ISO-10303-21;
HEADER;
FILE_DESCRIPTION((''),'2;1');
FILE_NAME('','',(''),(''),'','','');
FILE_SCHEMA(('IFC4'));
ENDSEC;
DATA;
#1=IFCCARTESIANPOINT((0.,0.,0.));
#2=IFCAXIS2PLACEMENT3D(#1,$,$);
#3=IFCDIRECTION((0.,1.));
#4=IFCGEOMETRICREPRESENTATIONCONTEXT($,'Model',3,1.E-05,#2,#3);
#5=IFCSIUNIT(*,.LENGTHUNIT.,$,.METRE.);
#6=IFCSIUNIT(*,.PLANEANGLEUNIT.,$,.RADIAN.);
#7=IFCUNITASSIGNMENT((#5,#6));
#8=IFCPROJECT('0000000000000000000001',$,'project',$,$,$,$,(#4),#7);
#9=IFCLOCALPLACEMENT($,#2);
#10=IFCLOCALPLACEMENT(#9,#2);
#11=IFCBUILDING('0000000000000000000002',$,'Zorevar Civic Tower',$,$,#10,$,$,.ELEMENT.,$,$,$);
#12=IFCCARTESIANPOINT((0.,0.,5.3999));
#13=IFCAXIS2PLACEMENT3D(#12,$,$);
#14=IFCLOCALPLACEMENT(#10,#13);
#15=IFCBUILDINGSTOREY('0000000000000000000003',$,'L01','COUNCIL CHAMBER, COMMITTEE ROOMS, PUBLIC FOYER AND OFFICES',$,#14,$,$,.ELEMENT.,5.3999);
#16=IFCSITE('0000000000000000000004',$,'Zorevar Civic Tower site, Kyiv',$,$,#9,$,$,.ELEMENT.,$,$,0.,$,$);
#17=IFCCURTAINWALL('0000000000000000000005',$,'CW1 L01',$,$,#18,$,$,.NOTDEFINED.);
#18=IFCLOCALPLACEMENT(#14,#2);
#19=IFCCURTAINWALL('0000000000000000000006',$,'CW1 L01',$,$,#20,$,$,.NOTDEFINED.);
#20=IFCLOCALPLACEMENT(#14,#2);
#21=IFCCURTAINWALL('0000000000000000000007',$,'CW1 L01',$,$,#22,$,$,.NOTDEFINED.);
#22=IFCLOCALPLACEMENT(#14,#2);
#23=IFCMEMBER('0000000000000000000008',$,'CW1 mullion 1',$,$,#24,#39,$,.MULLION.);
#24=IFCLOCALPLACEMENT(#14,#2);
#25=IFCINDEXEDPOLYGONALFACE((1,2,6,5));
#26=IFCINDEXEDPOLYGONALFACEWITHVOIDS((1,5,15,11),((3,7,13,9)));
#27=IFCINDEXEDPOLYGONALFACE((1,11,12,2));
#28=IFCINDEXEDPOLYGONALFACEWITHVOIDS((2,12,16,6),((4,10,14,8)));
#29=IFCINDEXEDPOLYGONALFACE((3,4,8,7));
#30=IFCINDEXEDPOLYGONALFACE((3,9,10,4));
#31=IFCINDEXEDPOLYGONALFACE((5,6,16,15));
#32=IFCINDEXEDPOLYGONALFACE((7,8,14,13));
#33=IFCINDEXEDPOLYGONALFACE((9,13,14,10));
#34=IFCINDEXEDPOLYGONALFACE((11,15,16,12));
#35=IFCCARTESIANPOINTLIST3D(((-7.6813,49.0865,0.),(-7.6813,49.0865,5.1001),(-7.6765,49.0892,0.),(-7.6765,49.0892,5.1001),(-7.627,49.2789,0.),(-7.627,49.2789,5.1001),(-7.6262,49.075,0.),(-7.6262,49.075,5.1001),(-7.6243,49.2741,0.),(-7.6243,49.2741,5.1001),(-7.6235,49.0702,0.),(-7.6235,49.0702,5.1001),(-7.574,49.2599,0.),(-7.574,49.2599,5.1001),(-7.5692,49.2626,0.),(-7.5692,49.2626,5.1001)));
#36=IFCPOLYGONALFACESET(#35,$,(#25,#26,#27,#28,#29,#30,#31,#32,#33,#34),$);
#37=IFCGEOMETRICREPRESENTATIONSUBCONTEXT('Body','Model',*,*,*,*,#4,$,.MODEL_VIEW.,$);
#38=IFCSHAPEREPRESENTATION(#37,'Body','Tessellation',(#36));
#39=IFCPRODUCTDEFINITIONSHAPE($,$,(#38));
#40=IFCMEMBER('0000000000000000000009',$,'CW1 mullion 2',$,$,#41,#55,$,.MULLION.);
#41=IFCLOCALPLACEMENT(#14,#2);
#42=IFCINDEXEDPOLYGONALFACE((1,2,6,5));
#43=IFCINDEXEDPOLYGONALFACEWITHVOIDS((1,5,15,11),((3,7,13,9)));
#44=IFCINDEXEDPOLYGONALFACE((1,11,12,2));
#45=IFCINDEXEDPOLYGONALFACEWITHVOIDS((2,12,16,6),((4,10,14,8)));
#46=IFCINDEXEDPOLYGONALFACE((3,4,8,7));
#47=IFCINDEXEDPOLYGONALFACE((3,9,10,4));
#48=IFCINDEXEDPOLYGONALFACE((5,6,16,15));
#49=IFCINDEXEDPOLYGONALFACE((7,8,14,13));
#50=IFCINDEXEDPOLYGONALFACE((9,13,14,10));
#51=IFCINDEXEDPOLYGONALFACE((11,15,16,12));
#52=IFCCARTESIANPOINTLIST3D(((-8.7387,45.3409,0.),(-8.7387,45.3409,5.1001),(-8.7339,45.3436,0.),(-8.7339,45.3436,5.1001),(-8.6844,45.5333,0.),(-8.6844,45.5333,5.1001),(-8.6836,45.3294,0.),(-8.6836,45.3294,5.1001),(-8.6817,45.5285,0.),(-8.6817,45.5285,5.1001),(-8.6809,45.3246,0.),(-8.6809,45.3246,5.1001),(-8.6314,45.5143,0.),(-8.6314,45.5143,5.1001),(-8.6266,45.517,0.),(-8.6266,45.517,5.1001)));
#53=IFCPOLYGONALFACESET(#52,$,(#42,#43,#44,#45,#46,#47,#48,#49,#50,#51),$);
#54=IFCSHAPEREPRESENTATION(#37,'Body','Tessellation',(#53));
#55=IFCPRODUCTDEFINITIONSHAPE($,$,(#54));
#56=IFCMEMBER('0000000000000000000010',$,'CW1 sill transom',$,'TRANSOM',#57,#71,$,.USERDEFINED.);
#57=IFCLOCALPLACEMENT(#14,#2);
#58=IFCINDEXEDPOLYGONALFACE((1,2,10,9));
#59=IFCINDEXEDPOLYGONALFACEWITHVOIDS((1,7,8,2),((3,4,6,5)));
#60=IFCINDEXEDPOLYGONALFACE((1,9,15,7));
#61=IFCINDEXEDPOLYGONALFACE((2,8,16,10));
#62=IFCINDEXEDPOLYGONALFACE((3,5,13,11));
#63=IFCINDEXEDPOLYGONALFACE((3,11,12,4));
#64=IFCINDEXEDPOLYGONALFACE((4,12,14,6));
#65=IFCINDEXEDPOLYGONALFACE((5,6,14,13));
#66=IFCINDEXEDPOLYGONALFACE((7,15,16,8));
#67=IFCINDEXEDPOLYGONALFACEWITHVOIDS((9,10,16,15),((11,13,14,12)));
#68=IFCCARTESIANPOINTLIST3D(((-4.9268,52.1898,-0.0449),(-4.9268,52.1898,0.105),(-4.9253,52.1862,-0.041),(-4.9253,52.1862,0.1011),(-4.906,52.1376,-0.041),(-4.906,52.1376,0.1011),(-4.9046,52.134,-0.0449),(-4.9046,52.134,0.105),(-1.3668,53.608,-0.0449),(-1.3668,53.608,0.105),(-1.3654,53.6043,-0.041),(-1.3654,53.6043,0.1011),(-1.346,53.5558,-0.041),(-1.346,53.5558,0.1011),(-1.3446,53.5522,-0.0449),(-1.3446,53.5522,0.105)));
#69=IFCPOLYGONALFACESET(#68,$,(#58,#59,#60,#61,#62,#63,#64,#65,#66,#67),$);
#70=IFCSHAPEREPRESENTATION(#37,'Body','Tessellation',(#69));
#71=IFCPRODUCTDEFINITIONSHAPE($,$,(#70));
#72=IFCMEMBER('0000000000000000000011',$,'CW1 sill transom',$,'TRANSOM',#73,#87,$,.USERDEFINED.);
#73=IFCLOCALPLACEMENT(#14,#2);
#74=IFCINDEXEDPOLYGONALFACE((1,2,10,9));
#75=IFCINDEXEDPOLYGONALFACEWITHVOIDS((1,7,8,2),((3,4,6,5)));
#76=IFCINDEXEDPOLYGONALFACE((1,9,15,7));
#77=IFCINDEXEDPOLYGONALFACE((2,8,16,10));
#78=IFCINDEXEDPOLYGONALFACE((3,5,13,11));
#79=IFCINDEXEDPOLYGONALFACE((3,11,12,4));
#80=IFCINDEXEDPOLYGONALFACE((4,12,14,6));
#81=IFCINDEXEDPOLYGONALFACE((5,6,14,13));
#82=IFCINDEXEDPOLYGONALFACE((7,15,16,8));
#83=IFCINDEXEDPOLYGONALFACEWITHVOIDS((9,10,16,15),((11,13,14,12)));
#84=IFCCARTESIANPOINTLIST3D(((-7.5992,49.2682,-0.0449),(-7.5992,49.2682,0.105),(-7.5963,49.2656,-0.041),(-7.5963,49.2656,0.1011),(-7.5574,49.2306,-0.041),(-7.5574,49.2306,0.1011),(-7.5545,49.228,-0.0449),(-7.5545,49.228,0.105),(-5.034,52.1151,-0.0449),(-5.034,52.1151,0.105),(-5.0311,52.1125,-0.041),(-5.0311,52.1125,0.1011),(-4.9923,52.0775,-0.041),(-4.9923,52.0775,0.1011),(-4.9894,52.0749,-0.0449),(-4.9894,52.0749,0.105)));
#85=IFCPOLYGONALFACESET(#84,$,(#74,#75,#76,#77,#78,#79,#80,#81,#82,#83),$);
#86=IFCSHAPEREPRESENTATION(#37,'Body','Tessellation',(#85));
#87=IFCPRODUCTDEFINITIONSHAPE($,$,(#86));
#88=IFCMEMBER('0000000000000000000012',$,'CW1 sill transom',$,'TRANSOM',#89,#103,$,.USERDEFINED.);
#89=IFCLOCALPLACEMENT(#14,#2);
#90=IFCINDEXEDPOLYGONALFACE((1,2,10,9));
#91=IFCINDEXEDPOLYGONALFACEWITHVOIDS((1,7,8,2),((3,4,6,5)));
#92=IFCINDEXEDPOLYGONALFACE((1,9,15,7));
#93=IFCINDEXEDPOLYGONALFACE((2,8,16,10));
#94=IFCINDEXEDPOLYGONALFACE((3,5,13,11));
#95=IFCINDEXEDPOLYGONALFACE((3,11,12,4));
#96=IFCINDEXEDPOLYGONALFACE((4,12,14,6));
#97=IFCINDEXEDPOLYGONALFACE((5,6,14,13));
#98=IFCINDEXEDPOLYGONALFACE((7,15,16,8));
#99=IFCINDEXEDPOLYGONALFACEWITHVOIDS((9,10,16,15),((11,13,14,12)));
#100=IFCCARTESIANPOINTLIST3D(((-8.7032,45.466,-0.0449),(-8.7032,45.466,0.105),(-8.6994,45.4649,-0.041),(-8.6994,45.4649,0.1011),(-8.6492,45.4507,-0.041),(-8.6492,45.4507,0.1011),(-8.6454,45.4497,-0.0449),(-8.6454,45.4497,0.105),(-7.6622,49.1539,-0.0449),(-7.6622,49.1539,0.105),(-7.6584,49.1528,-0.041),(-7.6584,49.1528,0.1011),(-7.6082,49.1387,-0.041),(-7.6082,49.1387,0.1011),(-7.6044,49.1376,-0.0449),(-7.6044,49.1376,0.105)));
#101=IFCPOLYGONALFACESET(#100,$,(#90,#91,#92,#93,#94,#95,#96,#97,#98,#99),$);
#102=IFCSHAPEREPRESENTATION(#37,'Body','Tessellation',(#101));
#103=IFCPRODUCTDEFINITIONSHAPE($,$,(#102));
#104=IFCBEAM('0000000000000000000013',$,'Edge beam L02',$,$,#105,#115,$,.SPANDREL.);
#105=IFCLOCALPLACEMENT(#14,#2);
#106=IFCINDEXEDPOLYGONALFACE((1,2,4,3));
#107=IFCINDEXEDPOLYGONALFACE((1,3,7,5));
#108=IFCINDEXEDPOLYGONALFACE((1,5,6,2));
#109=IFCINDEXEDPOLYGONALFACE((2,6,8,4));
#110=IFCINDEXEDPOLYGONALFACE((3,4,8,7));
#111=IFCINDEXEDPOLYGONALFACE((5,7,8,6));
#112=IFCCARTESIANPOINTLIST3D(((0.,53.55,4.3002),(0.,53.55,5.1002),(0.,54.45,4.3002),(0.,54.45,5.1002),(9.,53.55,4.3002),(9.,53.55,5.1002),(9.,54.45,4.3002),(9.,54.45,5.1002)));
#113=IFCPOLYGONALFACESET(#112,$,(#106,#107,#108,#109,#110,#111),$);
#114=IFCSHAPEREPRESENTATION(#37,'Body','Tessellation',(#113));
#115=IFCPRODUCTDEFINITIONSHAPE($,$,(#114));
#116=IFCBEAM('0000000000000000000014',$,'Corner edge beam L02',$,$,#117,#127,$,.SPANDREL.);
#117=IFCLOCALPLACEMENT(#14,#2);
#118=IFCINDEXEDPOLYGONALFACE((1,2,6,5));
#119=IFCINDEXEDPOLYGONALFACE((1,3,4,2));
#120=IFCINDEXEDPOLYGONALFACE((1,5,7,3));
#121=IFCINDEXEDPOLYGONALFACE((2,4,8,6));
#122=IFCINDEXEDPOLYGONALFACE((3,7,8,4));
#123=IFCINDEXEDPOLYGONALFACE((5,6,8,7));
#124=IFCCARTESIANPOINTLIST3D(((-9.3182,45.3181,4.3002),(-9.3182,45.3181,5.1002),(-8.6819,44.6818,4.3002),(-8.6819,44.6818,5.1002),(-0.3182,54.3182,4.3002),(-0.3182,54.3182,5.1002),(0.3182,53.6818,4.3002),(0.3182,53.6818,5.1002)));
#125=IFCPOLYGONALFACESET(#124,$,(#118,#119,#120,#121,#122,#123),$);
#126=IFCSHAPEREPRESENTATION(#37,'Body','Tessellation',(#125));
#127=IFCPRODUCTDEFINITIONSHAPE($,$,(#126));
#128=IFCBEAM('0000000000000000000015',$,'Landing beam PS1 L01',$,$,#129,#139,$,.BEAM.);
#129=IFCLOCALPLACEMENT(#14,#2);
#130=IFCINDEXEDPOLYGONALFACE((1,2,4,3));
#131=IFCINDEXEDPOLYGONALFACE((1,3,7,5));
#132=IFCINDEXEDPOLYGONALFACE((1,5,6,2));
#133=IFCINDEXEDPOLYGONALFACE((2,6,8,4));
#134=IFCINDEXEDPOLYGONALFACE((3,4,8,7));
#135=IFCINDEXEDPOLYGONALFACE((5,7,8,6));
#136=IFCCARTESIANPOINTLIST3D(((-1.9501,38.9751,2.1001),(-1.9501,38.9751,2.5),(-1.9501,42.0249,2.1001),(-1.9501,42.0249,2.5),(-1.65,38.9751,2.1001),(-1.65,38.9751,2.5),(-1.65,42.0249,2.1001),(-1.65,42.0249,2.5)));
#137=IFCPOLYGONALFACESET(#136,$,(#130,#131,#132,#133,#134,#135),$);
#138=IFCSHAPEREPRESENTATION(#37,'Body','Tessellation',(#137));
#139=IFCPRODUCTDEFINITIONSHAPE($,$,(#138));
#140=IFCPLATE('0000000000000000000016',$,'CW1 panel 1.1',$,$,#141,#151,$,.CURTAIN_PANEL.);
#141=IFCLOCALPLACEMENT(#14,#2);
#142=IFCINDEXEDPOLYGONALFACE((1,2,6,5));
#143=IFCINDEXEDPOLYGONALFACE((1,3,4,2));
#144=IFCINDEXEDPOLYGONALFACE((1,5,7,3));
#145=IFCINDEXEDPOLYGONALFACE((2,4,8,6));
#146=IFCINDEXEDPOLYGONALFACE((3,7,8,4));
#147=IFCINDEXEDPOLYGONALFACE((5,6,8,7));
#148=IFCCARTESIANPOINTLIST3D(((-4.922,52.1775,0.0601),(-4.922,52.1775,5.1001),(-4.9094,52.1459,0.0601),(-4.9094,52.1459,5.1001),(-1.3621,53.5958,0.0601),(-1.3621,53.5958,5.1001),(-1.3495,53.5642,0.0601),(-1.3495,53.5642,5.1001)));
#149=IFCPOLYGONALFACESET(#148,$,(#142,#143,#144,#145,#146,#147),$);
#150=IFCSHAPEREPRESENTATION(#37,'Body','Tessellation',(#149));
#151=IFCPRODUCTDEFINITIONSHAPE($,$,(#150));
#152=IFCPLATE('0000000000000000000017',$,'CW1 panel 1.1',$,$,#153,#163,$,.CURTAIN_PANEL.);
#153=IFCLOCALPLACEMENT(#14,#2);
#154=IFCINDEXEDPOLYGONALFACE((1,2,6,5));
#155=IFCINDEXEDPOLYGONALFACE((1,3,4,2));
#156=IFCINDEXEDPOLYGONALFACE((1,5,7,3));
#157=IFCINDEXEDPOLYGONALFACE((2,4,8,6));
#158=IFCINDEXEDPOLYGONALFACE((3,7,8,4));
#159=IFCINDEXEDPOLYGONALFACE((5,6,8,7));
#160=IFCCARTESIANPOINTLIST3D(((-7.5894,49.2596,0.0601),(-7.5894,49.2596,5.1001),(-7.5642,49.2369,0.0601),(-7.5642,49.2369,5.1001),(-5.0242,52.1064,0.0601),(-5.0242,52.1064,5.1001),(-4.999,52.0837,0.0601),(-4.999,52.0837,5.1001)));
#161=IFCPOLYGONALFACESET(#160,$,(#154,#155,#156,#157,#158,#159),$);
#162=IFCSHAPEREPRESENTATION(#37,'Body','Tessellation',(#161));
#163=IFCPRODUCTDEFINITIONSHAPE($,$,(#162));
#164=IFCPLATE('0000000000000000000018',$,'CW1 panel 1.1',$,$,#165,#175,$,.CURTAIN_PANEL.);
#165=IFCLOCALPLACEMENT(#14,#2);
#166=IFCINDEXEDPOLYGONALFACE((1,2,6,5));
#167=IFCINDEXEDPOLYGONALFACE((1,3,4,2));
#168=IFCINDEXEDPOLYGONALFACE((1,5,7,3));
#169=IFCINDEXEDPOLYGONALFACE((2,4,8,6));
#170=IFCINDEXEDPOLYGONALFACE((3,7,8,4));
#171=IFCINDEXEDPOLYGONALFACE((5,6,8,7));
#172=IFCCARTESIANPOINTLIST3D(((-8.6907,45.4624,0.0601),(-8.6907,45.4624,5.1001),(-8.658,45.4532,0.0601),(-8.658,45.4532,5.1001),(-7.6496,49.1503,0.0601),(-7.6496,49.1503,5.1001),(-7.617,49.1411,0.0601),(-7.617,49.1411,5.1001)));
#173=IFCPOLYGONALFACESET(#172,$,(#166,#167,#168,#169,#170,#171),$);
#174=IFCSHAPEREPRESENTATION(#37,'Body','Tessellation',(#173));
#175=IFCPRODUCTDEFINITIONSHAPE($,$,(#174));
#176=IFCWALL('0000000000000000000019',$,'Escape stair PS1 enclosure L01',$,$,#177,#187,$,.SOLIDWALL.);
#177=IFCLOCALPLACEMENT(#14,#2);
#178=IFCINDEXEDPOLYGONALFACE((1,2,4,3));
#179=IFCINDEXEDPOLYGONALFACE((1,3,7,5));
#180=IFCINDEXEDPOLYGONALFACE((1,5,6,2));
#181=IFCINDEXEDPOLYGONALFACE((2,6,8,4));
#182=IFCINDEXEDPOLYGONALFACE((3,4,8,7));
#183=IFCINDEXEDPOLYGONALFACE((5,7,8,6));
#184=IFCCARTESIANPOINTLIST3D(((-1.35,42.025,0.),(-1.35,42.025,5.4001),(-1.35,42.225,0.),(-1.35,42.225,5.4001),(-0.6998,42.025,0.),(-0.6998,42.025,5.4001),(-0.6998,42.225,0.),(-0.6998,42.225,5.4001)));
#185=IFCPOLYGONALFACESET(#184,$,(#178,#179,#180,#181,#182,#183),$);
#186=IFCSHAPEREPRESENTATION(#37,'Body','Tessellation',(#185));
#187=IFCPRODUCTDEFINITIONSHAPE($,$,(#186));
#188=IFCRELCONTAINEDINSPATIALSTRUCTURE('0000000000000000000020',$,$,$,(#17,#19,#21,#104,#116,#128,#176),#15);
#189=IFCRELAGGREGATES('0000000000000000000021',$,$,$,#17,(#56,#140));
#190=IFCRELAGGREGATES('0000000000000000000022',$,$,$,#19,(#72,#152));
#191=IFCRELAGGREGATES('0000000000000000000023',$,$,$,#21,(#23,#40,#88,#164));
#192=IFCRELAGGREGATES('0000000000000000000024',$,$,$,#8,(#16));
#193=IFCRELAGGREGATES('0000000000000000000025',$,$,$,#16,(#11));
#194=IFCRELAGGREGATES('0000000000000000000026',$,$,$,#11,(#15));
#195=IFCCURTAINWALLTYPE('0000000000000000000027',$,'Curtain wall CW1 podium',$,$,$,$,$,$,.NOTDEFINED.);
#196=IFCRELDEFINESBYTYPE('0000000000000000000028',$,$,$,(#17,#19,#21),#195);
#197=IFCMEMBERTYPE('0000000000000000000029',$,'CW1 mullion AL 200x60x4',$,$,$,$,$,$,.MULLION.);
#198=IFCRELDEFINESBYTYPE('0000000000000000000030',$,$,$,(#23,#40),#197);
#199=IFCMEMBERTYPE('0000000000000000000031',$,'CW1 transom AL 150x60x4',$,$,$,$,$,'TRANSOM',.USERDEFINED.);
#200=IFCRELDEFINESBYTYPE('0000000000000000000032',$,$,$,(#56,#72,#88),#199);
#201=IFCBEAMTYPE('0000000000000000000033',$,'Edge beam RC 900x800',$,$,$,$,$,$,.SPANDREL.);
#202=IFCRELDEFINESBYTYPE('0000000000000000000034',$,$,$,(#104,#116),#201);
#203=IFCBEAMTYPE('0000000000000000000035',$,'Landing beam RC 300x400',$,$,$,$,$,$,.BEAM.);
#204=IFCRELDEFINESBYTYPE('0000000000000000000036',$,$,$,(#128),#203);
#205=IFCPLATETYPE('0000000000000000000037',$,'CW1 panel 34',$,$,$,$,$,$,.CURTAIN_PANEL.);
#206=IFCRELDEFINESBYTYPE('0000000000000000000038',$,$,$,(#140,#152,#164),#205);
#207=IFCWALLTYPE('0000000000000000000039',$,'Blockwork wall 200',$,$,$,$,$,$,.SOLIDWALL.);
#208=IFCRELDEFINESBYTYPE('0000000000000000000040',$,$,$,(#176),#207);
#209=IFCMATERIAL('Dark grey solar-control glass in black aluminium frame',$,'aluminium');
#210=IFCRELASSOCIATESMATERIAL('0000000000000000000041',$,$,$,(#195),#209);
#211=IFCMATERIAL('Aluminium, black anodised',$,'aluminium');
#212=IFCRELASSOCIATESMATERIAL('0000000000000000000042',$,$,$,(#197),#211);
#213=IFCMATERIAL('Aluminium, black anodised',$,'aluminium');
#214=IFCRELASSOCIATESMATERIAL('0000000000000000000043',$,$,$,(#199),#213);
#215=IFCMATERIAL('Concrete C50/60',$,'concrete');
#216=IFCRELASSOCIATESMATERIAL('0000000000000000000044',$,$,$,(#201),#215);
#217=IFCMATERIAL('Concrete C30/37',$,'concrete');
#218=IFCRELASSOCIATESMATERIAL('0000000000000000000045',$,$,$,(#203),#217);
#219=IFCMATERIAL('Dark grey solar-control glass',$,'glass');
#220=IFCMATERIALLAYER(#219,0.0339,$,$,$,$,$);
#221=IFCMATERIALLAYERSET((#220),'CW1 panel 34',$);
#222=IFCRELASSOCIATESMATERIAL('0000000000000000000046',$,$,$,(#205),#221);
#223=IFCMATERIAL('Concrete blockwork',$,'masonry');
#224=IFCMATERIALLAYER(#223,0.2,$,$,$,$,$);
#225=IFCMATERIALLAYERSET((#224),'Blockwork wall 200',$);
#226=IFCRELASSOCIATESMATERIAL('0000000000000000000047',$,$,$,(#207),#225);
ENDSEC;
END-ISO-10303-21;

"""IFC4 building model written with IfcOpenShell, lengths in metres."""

from ifc_helpers import new_model, si_unit, direction, frame, frame_2d, origin, origin_2d, place, context, subcontext, project, spatial, rectangle, hollow_rectangle, extrude, material, layer, layer_set, material_profile, profile_set, type_object, element, aggregate, save


model = new_model("IFC4")

# Units and contexts
model_context = context("Model", 3, precision=1e-05, world=origin(), true_north=direction((0.0, 1.0)))
body_context = subcontext(model_context, "Body", "Model", "MODEL_VIEW")
ifc_project = project(units=[si_unit("LENGTHUNIT", "METRE"), si_unit("PLANEANGLEUNIT", "RADIAN")], contexts=[model_context])

# Site, building, storey
site_placement = place(None, origin())
site = spatial("IfcSite", under=ifc_project, at=site_placement, Name="Zorevar Civic Tower site, Kyiv", CompositionType="ELEMENT", RefElevation=0.0)
building_placement = place(site_placement, origin())
building = spatial("IfcBuilding", under=site, at=building_placement, Name="Zorevar Civic Tower", CompositionType="ELEMENT")
storey_placement = place(building_placement, frame((0.0, 0.0, 5.3999)))
storey = spatial("IfcBuildingStorey", under=building, at=storey_placement, Name="L01", Description="COUNCIL CHAMBER, COMMITTEE ROOMS, PUBLIC FOYER AND OFFICES", CompositionType="ELEMENT", Elevation=5.3999)

# Curtain walls, members
ifc_material_1 = material(Name="Dark grey solar-control glass in black aluminium frame", Category="aluminium")
curtain_wall_type = type_object("IfcCurtainWallType", Name="Curtain wall CW1 podium", PredefinedType="NOTDEFINED", material=ifc_material_1)
curtain_wall_1_placement = place(storey_placement, origin())
curtain_wall_1 = element("IfcCurtainWall", 1, at=curtain_wall_1_placement, inside=storey, type_object=curtain_wall_type, Name="CW1 L01", PredefinedType="NOTDEFINED")
ifc_material_2 = material(Name="Aluminium, black anodised", Category="aluminium")
ifc_material_profile_1 = material_profile(ifc_material_2, hollow_rectangle(XDim=0.0601, YDim=0.2, WallThickness=0.0039, at=origin_2d()), Name="AL 200x60x4")
ifc_profile_set_1 = profile_set([ifc_material_profile_1], Name="Aluminium, black anodised")
member_type_1 = type_object("IfcMemberType", Name="CW1 mullion AL 200x60x4", PredefinedType="MULLION", material=ifc_profile_set_1)
curtain_wall_2_placement = place(storey_placement, origin())
curtain_wall_2 = element("IfcCurtainWall", 2, at=curtain_wall_2_placement, inside=storey, type_object=curtain_wall_type, Name="CW1 L01", PredefinedType="NOTDEFINED")
curtain_wall_3_placement = place(storey_placement, origin())
curtain_wall_3 = element("IfcCurtainWall", 3, at=curtain_wall_3_placement, inside=storey, type_object=curtain_wall_type, Name="CW1 L01", PredefinedType="NOTDEFINED")
member_1_placement = place(storey_placement, frame((-7.6252, 49.1746, 0.0), z_axis=(0.0, 0.0, 1.0), x_axis=(0.962391, -0.271669, 0.0)))
member_1 = element("IfcMember", 4, at=member_1_placement, type_object=member_type_1, Name="CW1 mullion 1", PredefinedType="MULLION", context=body_context, shape_type="SweptSolid", body=[
    extrude(hollow_rectangle(XDim=0.0601, YDim=0.2, WallThickness=0.0039, at=origin_2d()), origin(), (0.0, 0.0, 1.0), 5.1001),
])
member_2_placement = place(storey_placement, frame((-8.6826, 45.429, 0.0), z_axis=(0.0, 0.0, 1.0), x_axis=(0.962391, -0.271669, 0.0)))
member_2 = element("IfcMember", 5, at=member_2_placement, type_object=member_type_1, Name="CW1 mullion 2", PredefinedType="MULLION", context=body_context, shape_type="SweptSolid", body=[
    extrude(hollow_rectangle(XDim=0.0601, YDim=0.2, WallThickness=0.0039, at=origin_2d()), origin(), (0.0, 0.0, 1.0), 5.1001),
])

# Members
ifc_material_3 = material(Name="Aluminium, black anodised", Category="aluminium")
ifc_material_profile_2 = material_profile(ifc_material_3, hollow_rectangle(XDim=0.0601, YDim=0.1499, WallThickness=0.0039, at=origin_2d()), Name="AL 150x60x4")
ifc_profile_set_2 = profile_set([ifc_material_profile_2], Name="Aluminium, black anodised")
member_type_2 = type_object("IfcMemberType", Name="CW1 transom AL 150x60x4", ElementType="TRANSOM", PredefinedType="USERDEFINED", material=ifc_profile_set_2)
member_3_placement = place(storey_placement, frame((-1.3557, 53.5801, 0.03), z_axis=(-0.928999, -0.370083, 0.0), x_axis=(0.370083, -0.928999, 0.0)))
member_3 = element("IfcMember", 6, at=member_3_placement, type_object=member_type_2, Name="CW1 sill transom", ObjectType="TRANSOM", PredefinedType="USERDEFINED", context=body_context, shape_type="SweptSolid", body=[
    extrude(hollow_rectangle(XDim=0.0601, YDim=0.1499, WallThickness=0.0039, at=origin_2d()), origin(), (0.0, 0.0, 1.0), 3.832),
])
member_4_placement = place(storey_placement, frame((-5.0117, 52.095, 0.03), z_axis=(-0.669391, -0.742911, 0.0), x_axis=(0.742911, -0.669391, 0.0)))
member_4 = element("IfcMember", 7, at=member_4_placement, type_object=member_type_2, Name="CW1 sill transom", ObjectType="TRANSOM", PredefinedType="USERDEFINED", context=body_context, shape_type="SweptSolid", body=[
    extrude(hollow_rectangle(XDim=0.0601, YDim=0.1499, WallThickness=0.0039, at=origin_2d()), origin(), (0.0, 0.0, 1.0), 3.832),
])
member_5_placement = place(storey_placement, frame((-7.6333, 49.1458, 0.03), z_axis=(-0.271657, -0.962394, 0.0), x_axis=(0.962394, -0.271657, 0.0)))
member_5 = element("IfcMember", 8, at=member_5_placement, type_object=member_type_2, Name="CW1 sill transom", ObjectType="TRANSOM", PredefinedType="USERDEFINED", context=body_context, shape_type="SweptSolid", body=[
    extrude(hollow_rectangle(XDim=0.0601, YDim=0.1499, WallThickness=0.0039, at=origin_2d()), origin(), (0.0, 0.0, 1.0), 3.832),
])

# Beams
ifc_material_4 = material(Name="Concrete C50/60", Category="concrete")
ifc_material_profile_3 = material_profile(ifc_material_4, rectangle(XDim=0.8999, YDim=0.8, at=origin_2d()), Name="RC 900x800")
ifc_profile_set_3 = profile_set([ifc_material_profile_3], Name="Concrete C50/60")
beam_type_1 = type_object("IfcBeamType", Name="Edge beam RC 900x800", PredefinedType="SPANDREL", material=ifc_profile_set_3)
beam_1_placement = place(storey_placement, frame((0.0, 54.0, 4.7002), z_axis=(1.0, 0.0, 0.0), x_axis=(0.0, 1.0, 0.0)))
element("IfcBeam", 9, at=beam_1_placement, inside=storey, type_object=beam_type_1, Name="Edge beam L02", PredefinedType="SPANDREL", context=body_context, shape_type="SweptSolid", body=[
    extrude(rectangle(XDim=0.8999, YDim=0.8, at=origin_2d()), origin(), (0.0, 0.0, 1.0), 9.0),
])
beam_2_placement = place(storey_placement, frame((0.0, 54.0, 4.7002), z_axis=(-0.707107, -0.707107, 0.0), x_axis=(0.707107, -0.707107, 0.0)))
element("IfcBeam", 10, at=beam_2_placement, inside=storey, type_object=beam_type_1, Name="Corner edge beam L02", PredefinedType="SPANDREL", context=body_context, shape_type="SweptSolid", body=[
    extrude(rectangle(XDim=0.8999, YDim=0.8, at=origin_2d()), origin(), (0.0, 0.0, 1.0), 12.728),
])
ifc_material_5 = material(Name="Concrete C30/37", Category="concrete")
ifc_material_profile_4 = material_profile(ifc_material_5, rectangle(XDim=0.3, YDim=0.3999, at=origin_2d()), Name="RC 300x400")
ifc_profile_set_4 = profile_set([ifc_material_profile_4], Name="Concrete C30/37")
beam_type_2 = type_object("IfcBeamType", Name="Landing beam RC 300x400", PredefinedType="BEAM", material=ifc_profile_set_4)
beam_3_placement = place(storey_placement, frame((-1.8, 38.9751, 2.3), z_axis=(0.0, 1.0, 0.0), x_axis=(-1.0, 0.0, 0.0)))
element("IfcBeam", 11, at=beam_3_placement, inside=storey, type_object=beam_type_2, Name="Landing beam PS1 L01", PredefinedType="BEAM", context=body_context, shape_type="SweptSolid", body=[
    extrude(rectangle(XDim=0.3, YDim=0.3999, at=origin_2d()), origin(), (0.0, 0.0, 1.0), 3.0498),
])

# Plates
ifc_material_6 = material(Name="Dark grey solar-control glass", Category="glass")
ifc_layer_1 = layer(ifc_material_6, 0.0339)
ifc_layer_set_1 = layer_set([ifc_layer_1], Name="CW1 panel 34")
plate_type = type_object("IfcPlateType", Name="CW1 panel 34", PredefinedType="CURTAIN_PANEL", material=ifc_layer_set_1)
plate_1_placement = place(storey_placement, frame((-3.1357, 52.8708, 0.0601), z_axis=(0.0, 0.0, 1.0), x_axis=(-0.928988, -0.370111, 0.0)))
plate_1 = element("IfcPlate", 12, at=plate_1_placement, type_object=plate_type, Name="CW1 panel 1.1", PredefinedType="CURTAIN_PANEL", context=body_context, shape_type="SweptSolid", body=[
    extrude(rectangle(XDim=3.832, YDim=0.0339, at=origin_2d()), origin(), (0.0, 0.0, 1.0), 5.04),
])
aggregate(curtain_wall_1, [member_3, plate_1])
plate_2_placement = place(storey_placement, frame((-6.2942, 50.6716, 0.0601), z_axis=(0.0, 0.0, 1.0), x_axis=(-0.669403, -0.7429, 0.0)))
plate_2 = element("IfcPlate", 13, at=plate_2_placement, type_object=plate_type, Name="CW1 panel 1.1", PredefinedType="CURTAIN_PANEL", context=body_context, shape_type="SweptSolid", body=[
    extrude(rectangle(XDim=3.832, YDim=0.0339, at=origin_2d()), origin(), (0.0, 0.0, 1.0), 5.04),
])
aggregate(curtain_wall_2, [member_4, plate_2])
plate_3_placement = place(storey_placement, frame((-8.1538, 47.3018, 0.0601), z_axis=(0.0, 0.0, 1.0), x_axis=(-0.271669, -0.962391, 0.0)))
plate_3 = element("IfcPlate", 14, at=plate_3_placement, type_object=plate_type, Name="CW1 panel 1.1", PredefinedType="CURTAIN_PANEL", context=body_context, shape_type="SweptSolid", body=[
    extrude(rectangle(XDim=3.832, YDim=0.0339, at=origin_2d()), origin(), (0.0, 0.0, 1.0), 5.04),
])
aggregate(curtain_wall_3, [member_1, member_2, member_5, plate_3])

# Wall
ifc_material_7 = material(Name="Concrete blockwork", Category="masonry")
ifc_layer_2 = layer(ifc_material_7, 0.2)
ifc_layer_set_2 = layer_set([ifc_layer_2], Name="Blockwork wall 200")
wall_type_1 = type_object("IfcWallType", Name="Blockwork wall 200", PredefinedType="SOLIDWALL", material=ifc_layer_set_2)
wall_1_placement = place(storey_placement, frame((-1.3501, 42.125, 0.0), z_axis=(0.0, 0.0, 1.0), x_axis=(1.0, 0.0, 0.0)))
element("IfcWall", 15, at=wall_1_placement, inside=storey, type_object=wall_type_1, Name="Escape stair PS1 enclosure L01", PredefinedType="SOLIDWALL", context=body_context, shape_type="SweptSolid", body=[
    extrude(rectangle(XDim=0.6501, YDim=0.2, at=frame_2d((0.3252, 0.0))), origin(), (0.0, 0.0, 1.0), 5.4001),
])

save(model, "model.ifc")
